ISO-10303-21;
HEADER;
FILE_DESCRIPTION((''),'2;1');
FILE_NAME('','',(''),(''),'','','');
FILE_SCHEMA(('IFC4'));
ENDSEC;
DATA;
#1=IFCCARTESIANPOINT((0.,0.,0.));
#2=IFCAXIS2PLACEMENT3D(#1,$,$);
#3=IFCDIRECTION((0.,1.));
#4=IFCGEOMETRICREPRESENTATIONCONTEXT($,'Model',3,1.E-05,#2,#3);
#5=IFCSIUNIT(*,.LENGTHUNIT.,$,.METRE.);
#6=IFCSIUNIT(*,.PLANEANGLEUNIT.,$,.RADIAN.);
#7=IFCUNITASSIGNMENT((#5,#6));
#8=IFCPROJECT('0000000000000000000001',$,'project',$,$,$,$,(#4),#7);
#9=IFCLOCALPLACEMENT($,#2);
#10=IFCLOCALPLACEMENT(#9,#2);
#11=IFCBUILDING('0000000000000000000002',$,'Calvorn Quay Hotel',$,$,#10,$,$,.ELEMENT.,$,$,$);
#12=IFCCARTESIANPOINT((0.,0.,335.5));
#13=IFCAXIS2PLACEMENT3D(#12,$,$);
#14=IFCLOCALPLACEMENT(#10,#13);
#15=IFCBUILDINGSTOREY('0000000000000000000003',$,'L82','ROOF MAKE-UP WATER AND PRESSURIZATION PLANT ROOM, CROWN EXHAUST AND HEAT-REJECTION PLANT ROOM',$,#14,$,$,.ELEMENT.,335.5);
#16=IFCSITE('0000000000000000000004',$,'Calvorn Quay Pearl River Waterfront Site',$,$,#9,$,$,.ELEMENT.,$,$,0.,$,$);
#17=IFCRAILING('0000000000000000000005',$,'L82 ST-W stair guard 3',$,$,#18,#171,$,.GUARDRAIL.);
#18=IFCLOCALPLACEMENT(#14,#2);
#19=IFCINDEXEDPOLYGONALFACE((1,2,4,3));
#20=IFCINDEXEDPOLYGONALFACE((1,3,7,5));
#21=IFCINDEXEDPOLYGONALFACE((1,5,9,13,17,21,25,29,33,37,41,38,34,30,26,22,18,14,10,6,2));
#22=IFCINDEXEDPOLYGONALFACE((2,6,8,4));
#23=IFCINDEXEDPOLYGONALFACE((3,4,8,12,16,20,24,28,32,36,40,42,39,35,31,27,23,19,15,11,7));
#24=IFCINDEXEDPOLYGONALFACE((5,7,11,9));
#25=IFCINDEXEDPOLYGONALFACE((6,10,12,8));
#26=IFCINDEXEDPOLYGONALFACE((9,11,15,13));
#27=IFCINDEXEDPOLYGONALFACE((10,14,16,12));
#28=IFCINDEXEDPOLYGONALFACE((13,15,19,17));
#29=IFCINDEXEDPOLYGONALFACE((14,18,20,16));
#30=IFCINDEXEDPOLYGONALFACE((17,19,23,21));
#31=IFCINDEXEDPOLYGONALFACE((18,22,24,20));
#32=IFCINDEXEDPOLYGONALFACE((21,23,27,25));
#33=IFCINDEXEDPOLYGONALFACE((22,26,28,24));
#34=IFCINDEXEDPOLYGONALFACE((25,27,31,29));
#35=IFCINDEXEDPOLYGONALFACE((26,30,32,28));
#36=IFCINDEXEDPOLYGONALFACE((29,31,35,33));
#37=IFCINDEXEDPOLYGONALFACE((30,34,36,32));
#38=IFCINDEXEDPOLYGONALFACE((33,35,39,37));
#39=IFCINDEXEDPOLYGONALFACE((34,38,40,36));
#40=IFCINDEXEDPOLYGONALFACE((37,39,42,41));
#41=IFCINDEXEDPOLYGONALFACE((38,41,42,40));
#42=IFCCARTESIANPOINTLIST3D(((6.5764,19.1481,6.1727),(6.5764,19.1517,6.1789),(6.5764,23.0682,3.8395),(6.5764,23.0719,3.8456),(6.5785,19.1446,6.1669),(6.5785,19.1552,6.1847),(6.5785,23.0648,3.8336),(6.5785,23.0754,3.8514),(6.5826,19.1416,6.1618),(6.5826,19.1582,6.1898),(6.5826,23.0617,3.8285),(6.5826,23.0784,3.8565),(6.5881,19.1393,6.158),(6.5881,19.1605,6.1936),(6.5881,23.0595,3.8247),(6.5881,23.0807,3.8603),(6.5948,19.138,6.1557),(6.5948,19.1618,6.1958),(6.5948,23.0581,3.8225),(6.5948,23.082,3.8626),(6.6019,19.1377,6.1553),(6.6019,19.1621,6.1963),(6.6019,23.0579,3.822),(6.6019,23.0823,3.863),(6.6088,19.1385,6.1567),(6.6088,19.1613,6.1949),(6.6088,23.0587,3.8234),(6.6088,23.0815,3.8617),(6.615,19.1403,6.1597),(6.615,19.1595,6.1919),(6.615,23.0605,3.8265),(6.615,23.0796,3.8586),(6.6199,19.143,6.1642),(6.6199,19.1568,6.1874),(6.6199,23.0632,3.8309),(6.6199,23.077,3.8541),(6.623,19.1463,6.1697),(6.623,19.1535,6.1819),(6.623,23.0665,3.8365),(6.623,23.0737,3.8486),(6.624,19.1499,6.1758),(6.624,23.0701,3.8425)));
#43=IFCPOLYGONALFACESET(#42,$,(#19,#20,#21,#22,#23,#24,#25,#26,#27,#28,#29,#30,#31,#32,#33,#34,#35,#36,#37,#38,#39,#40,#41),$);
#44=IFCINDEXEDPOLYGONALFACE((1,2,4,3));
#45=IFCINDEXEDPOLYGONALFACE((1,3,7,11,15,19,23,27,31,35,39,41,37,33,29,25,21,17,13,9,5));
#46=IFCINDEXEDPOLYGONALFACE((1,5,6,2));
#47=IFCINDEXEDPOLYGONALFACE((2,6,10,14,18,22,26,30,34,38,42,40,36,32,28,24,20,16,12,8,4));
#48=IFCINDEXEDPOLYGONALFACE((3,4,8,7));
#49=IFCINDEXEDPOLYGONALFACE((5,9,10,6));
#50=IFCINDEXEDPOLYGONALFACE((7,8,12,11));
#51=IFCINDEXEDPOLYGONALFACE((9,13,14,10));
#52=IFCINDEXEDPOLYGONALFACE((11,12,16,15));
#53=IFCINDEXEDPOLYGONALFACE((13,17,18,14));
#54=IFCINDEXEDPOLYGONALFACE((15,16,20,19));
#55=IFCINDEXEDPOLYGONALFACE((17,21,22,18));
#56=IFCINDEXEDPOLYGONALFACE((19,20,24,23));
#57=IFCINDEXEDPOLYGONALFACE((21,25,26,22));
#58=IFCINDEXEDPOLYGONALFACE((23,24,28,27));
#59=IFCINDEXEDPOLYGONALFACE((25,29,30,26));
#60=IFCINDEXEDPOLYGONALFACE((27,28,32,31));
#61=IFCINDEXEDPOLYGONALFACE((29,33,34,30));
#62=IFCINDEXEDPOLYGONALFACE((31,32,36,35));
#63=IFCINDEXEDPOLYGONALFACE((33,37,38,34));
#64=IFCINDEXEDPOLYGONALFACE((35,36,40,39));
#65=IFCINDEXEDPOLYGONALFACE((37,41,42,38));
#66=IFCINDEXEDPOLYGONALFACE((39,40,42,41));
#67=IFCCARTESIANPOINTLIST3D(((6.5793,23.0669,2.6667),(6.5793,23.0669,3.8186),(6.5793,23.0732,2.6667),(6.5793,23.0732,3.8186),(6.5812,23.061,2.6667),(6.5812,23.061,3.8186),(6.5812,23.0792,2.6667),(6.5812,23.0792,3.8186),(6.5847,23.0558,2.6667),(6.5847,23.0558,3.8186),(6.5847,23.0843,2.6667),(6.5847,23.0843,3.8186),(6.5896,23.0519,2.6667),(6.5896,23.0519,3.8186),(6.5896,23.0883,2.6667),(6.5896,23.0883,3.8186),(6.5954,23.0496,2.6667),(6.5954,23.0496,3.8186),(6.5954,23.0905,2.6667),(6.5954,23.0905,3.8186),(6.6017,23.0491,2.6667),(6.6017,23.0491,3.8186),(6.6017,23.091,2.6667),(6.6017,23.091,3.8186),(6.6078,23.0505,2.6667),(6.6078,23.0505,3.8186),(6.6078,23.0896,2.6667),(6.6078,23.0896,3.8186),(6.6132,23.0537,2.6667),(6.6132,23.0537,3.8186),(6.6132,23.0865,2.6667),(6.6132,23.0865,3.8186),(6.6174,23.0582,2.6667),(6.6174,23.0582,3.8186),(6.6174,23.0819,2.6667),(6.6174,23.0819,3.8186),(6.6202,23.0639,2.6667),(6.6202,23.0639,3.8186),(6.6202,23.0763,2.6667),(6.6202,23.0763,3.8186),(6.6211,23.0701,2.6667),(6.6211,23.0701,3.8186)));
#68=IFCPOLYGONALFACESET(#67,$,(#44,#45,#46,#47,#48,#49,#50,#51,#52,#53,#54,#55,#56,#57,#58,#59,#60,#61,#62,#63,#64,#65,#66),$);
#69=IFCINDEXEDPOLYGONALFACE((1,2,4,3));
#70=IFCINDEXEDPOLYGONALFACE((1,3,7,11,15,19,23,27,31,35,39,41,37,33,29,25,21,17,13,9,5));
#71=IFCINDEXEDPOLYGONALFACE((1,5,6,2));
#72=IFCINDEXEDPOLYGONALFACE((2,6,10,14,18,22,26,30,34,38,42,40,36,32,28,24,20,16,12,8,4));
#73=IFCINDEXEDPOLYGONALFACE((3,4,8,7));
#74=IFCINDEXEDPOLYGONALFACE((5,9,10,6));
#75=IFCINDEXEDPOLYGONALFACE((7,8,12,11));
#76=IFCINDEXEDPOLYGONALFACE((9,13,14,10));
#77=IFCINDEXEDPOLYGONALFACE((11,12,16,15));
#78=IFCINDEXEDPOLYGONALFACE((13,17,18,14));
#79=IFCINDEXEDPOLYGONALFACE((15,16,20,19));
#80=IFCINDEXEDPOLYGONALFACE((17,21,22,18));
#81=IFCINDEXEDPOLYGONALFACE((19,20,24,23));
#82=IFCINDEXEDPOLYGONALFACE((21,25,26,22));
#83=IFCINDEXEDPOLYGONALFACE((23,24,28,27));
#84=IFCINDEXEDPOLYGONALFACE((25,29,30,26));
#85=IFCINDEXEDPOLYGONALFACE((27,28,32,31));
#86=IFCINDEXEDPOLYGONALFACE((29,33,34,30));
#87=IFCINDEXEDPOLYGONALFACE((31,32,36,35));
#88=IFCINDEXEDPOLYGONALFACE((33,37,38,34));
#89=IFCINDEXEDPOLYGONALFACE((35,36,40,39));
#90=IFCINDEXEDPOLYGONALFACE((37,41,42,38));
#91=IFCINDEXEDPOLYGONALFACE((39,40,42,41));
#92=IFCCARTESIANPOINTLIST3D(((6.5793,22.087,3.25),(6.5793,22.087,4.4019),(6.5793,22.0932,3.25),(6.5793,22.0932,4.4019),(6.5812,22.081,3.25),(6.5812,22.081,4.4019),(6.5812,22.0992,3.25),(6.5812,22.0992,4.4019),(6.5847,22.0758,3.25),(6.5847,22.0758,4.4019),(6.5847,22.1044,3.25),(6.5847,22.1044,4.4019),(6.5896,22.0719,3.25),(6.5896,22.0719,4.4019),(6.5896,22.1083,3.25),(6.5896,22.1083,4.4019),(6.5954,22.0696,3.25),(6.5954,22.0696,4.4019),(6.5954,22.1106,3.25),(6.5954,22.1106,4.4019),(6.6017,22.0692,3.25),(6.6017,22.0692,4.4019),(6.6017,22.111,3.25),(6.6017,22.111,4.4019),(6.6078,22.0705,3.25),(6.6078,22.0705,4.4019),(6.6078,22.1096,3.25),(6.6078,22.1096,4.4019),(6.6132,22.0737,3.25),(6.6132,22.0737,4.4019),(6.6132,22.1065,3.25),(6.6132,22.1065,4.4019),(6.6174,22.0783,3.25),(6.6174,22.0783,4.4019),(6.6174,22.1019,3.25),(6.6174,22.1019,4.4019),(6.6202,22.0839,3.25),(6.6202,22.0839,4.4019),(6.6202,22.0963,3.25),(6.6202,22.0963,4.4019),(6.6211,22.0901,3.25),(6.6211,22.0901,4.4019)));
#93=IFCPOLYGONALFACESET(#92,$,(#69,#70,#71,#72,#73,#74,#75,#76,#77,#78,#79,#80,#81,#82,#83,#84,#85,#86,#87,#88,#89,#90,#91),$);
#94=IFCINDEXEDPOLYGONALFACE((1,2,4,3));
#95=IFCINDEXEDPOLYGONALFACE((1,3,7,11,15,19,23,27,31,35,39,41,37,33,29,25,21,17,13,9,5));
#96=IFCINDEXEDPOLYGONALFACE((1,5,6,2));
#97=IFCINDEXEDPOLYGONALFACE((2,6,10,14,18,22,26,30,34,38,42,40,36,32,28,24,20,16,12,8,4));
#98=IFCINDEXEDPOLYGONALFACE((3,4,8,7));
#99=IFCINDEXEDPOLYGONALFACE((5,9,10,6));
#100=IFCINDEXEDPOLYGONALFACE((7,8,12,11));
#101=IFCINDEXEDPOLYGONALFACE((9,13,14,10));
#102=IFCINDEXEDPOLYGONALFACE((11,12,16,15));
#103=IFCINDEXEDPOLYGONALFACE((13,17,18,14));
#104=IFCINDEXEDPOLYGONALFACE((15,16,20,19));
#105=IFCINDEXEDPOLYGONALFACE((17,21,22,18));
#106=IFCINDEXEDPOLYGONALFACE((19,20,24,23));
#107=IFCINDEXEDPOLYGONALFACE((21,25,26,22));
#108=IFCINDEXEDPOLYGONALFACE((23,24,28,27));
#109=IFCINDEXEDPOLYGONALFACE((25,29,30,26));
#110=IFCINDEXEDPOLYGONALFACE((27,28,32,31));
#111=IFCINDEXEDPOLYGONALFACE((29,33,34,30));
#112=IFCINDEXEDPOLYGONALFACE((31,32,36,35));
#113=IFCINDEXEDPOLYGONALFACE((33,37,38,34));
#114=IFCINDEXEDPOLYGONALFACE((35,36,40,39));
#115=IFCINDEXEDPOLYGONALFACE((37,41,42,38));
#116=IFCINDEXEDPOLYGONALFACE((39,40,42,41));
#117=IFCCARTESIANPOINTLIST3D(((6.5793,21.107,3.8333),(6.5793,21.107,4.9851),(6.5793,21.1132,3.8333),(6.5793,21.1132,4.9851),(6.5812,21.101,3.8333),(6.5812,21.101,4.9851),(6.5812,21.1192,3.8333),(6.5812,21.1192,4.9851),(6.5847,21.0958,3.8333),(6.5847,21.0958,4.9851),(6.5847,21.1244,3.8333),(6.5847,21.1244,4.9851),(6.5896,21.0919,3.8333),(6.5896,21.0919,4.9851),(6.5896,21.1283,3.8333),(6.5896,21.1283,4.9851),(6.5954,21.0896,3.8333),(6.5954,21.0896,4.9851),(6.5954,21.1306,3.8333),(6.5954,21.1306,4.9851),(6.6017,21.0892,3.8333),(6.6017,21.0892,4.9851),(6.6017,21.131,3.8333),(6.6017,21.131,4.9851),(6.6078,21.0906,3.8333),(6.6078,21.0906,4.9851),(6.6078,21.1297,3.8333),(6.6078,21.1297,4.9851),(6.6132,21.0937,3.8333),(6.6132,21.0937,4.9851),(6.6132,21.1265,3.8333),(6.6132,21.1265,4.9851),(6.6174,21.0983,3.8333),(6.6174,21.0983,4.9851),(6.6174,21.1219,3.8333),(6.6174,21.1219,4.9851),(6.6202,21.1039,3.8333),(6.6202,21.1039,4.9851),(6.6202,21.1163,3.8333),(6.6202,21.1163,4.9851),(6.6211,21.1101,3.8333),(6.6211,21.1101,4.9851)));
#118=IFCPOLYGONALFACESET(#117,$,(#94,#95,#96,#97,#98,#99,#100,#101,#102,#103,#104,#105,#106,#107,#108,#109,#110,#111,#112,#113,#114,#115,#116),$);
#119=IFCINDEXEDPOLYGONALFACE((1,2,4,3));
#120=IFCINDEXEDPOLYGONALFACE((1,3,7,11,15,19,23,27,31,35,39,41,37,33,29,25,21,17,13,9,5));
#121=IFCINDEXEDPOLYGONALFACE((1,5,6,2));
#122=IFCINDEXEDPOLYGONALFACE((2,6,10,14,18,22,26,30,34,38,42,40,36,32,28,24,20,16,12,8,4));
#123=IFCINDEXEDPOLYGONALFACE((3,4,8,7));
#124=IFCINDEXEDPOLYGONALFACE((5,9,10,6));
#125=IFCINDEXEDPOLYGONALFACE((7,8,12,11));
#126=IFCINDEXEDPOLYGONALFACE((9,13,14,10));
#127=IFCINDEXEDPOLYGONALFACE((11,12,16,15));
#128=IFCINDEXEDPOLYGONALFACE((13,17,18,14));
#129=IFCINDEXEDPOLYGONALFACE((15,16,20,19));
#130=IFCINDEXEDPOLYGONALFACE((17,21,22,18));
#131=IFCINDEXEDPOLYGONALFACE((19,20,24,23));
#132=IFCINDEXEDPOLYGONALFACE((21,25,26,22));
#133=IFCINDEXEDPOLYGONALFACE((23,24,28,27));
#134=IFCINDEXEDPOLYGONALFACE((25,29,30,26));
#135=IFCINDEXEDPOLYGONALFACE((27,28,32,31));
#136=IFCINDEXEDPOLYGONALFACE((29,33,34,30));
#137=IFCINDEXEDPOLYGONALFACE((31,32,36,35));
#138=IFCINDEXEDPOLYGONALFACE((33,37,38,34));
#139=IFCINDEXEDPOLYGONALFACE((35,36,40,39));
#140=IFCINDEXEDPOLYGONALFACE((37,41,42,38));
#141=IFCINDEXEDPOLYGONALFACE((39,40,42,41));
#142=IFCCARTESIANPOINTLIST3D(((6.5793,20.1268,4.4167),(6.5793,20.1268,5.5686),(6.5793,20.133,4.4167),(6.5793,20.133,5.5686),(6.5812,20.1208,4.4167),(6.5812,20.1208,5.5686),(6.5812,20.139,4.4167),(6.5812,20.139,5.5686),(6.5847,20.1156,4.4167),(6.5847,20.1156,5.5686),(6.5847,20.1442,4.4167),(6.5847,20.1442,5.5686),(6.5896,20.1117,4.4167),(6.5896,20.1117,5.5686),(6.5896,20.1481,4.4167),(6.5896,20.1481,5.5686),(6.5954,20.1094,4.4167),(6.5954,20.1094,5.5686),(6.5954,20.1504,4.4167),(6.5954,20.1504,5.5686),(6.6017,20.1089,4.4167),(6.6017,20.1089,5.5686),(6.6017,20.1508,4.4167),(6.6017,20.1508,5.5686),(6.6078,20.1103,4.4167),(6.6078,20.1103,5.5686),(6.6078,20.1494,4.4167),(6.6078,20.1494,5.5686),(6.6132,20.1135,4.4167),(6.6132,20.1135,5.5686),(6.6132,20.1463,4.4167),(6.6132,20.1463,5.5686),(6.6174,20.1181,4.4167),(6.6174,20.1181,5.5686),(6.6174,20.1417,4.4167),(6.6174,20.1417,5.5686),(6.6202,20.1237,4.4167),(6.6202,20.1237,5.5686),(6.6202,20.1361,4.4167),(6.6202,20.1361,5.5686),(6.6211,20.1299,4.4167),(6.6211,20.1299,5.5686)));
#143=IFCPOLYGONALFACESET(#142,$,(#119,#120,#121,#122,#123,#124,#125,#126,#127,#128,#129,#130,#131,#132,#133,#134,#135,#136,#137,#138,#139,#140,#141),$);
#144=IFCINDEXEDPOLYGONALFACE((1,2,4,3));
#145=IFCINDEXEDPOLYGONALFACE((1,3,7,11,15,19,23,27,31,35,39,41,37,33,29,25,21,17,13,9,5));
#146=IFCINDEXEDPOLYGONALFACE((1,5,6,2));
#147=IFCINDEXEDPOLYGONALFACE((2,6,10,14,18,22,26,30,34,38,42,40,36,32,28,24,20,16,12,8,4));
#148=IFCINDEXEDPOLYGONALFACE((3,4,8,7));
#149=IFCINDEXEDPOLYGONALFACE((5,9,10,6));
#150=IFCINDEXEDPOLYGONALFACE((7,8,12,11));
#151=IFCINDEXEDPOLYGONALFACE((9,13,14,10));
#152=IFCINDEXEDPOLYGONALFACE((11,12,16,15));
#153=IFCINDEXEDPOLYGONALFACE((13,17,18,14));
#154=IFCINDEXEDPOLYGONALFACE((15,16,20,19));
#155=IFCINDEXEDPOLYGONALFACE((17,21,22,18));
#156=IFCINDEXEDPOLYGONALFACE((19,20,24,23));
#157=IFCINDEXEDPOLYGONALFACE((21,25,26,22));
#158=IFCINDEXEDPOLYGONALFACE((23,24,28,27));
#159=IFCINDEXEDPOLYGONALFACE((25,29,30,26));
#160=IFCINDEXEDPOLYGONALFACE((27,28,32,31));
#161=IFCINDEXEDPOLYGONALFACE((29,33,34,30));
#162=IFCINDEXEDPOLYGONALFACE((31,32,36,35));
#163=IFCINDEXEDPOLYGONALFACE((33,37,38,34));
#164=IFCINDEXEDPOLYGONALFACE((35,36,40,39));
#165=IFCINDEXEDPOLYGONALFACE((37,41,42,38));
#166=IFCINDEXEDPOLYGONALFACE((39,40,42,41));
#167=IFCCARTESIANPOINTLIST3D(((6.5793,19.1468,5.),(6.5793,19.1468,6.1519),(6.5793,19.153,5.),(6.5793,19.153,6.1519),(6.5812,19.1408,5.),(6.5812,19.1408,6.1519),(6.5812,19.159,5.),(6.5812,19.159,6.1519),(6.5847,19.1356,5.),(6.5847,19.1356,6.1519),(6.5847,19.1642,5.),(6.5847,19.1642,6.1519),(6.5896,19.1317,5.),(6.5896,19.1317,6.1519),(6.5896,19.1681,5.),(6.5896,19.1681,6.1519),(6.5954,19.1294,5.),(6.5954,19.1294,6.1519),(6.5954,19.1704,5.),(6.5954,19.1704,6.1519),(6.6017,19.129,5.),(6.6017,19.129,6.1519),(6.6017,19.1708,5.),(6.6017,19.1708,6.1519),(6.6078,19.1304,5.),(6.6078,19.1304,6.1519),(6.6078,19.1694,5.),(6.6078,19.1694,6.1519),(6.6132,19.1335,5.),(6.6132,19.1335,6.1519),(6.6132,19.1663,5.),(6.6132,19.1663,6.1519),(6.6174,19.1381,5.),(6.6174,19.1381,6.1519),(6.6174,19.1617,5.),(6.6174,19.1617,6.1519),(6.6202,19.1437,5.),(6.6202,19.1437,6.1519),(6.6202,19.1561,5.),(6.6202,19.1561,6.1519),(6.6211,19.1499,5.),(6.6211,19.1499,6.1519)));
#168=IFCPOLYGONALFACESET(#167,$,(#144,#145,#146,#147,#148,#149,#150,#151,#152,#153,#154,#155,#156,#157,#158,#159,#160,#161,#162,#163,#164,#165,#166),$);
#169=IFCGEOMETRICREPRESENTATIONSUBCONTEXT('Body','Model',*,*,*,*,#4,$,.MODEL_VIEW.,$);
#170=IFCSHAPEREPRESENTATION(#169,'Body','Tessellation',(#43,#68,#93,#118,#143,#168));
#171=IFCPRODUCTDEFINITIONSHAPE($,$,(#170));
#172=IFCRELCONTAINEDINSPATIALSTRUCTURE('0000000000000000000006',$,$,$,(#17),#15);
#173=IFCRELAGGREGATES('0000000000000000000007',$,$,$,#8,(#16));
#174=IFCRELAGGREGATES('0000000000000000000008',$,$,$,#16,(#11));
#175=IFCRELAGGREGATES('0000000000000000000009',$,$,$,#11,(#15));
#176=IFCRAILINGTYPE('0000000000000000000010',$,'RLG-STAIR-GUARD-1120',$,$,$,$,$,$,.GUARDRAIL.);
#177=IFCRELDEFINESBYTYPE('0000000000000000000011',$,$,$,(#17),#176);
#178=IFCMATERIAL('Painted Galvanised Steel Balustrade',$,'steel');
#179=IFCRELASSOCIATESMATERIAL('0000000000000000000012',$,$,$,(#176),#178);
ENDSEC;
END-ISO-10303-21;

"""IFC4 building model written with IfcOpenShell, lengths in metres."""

from ifc_helpers import new_model, si_unit, direction, frame, origin, origin_2d, place, context, subcontext, project, spatial, circle, extrude, material, type_object, element, save


model = new_model("IFC4")

# Units and contexts
model_context = context("Model", 3, precision=1e-05, world=origin(), true_north=direction((0.0, 1.0)))
body_context = subcontext(model_context, "Body", "Model", "MODEL_VIEW")
ifc_project = project(units=[si_unit("LENGTHUNIT", "METRE"), si_unit("PLANEANGLEUNIT", "RADIAN")], contexts=[model_context])

# Site, building, storey
site_placement = place(None, origin())
site = spatial("IfcSite", under=ifc_project, at=site_placement, Name="Calvorn Quay Pearl River Waterfront Site", CompositionType="ELEMENT", RefElevation=0.0)
building_placement = place(site_placement, origin())
building = spatial("IfcBuilding", under=site, at=building_placement, Name="Calvorn Quay Hotel", CompositionType="ELEMENT")
storey_placement = place(building_placement, frame((0.0, 0.0, 335.5)))
storey = spatial("IfcBuildingStorey", under=building, at=storey_placement, Name="L82", Description="ROOF MAKE-UP WATER AND PRESSURIZATION PLANT ROOM, CROWN EXHAUST AND HEAT-REJECTION PLANT ROOM", CompositionType="ELEMENT", Elevation=335.5)

# Railing
ifc_material_1 = material(Name="Painted Galvanised Steel Balustrade", Category="steel")
railing_type_1 = type_object("IfcRailingType", Name="RLG-STAIR-GUARD-1120", PredefinedType="GUARDRAIL", material=ifc_material_1)
railing_1_placement = place(storey_placement, frame((6.6001, 23.0701, 2.6667)))
element("IfcRailing", 1, at=railing_1_placement, inside=storey, type_object=railing_type_1, Name="L82 ST-W stair guard 3", PredefinedType="GUARDRAIL", context=body_context, shape_type="SweptSolid", body=[
    extrude(circle(Radius=0.0239, at=origin_2d()), frame((0.0, 0.0, 1.1758), z_axis=(0.0, -0.85931, 0.511455), x_axis=(1.0, 0.0, 0.0)), (0.0, 0.0, 1.0), 4.562),
    extrude(circle(Radius=0.021, at=origin_2d()), origin(), (0.0, 0.0, 1.0), 1.1519),
    extrude(circle(Radius=0.021, at=origin_2d()), frame((0.0, -0.98, 0.5833)), (0.0, 0.0, 1.0), 1.1519),
    extrude(circle(Radius=0.021, at=origin_2d()), frame((0.0, -1.96, 1.1665)), (0.0, 0.0, 1.0), 1.1519),
    extrude(circle(Radius=0.021, at=origin_2d()), frame((0.0, -2.9402, 1.75)), (0.0, 0.0, 1.0), 1.1519),
    extrude(circle(Radius=0.021, at=origin_2d()), frame((0.0, -3.9202, 2.3333)), (0.0, 0.0, 1.0), 1.1519),
])

save(model, "model.ifc")
